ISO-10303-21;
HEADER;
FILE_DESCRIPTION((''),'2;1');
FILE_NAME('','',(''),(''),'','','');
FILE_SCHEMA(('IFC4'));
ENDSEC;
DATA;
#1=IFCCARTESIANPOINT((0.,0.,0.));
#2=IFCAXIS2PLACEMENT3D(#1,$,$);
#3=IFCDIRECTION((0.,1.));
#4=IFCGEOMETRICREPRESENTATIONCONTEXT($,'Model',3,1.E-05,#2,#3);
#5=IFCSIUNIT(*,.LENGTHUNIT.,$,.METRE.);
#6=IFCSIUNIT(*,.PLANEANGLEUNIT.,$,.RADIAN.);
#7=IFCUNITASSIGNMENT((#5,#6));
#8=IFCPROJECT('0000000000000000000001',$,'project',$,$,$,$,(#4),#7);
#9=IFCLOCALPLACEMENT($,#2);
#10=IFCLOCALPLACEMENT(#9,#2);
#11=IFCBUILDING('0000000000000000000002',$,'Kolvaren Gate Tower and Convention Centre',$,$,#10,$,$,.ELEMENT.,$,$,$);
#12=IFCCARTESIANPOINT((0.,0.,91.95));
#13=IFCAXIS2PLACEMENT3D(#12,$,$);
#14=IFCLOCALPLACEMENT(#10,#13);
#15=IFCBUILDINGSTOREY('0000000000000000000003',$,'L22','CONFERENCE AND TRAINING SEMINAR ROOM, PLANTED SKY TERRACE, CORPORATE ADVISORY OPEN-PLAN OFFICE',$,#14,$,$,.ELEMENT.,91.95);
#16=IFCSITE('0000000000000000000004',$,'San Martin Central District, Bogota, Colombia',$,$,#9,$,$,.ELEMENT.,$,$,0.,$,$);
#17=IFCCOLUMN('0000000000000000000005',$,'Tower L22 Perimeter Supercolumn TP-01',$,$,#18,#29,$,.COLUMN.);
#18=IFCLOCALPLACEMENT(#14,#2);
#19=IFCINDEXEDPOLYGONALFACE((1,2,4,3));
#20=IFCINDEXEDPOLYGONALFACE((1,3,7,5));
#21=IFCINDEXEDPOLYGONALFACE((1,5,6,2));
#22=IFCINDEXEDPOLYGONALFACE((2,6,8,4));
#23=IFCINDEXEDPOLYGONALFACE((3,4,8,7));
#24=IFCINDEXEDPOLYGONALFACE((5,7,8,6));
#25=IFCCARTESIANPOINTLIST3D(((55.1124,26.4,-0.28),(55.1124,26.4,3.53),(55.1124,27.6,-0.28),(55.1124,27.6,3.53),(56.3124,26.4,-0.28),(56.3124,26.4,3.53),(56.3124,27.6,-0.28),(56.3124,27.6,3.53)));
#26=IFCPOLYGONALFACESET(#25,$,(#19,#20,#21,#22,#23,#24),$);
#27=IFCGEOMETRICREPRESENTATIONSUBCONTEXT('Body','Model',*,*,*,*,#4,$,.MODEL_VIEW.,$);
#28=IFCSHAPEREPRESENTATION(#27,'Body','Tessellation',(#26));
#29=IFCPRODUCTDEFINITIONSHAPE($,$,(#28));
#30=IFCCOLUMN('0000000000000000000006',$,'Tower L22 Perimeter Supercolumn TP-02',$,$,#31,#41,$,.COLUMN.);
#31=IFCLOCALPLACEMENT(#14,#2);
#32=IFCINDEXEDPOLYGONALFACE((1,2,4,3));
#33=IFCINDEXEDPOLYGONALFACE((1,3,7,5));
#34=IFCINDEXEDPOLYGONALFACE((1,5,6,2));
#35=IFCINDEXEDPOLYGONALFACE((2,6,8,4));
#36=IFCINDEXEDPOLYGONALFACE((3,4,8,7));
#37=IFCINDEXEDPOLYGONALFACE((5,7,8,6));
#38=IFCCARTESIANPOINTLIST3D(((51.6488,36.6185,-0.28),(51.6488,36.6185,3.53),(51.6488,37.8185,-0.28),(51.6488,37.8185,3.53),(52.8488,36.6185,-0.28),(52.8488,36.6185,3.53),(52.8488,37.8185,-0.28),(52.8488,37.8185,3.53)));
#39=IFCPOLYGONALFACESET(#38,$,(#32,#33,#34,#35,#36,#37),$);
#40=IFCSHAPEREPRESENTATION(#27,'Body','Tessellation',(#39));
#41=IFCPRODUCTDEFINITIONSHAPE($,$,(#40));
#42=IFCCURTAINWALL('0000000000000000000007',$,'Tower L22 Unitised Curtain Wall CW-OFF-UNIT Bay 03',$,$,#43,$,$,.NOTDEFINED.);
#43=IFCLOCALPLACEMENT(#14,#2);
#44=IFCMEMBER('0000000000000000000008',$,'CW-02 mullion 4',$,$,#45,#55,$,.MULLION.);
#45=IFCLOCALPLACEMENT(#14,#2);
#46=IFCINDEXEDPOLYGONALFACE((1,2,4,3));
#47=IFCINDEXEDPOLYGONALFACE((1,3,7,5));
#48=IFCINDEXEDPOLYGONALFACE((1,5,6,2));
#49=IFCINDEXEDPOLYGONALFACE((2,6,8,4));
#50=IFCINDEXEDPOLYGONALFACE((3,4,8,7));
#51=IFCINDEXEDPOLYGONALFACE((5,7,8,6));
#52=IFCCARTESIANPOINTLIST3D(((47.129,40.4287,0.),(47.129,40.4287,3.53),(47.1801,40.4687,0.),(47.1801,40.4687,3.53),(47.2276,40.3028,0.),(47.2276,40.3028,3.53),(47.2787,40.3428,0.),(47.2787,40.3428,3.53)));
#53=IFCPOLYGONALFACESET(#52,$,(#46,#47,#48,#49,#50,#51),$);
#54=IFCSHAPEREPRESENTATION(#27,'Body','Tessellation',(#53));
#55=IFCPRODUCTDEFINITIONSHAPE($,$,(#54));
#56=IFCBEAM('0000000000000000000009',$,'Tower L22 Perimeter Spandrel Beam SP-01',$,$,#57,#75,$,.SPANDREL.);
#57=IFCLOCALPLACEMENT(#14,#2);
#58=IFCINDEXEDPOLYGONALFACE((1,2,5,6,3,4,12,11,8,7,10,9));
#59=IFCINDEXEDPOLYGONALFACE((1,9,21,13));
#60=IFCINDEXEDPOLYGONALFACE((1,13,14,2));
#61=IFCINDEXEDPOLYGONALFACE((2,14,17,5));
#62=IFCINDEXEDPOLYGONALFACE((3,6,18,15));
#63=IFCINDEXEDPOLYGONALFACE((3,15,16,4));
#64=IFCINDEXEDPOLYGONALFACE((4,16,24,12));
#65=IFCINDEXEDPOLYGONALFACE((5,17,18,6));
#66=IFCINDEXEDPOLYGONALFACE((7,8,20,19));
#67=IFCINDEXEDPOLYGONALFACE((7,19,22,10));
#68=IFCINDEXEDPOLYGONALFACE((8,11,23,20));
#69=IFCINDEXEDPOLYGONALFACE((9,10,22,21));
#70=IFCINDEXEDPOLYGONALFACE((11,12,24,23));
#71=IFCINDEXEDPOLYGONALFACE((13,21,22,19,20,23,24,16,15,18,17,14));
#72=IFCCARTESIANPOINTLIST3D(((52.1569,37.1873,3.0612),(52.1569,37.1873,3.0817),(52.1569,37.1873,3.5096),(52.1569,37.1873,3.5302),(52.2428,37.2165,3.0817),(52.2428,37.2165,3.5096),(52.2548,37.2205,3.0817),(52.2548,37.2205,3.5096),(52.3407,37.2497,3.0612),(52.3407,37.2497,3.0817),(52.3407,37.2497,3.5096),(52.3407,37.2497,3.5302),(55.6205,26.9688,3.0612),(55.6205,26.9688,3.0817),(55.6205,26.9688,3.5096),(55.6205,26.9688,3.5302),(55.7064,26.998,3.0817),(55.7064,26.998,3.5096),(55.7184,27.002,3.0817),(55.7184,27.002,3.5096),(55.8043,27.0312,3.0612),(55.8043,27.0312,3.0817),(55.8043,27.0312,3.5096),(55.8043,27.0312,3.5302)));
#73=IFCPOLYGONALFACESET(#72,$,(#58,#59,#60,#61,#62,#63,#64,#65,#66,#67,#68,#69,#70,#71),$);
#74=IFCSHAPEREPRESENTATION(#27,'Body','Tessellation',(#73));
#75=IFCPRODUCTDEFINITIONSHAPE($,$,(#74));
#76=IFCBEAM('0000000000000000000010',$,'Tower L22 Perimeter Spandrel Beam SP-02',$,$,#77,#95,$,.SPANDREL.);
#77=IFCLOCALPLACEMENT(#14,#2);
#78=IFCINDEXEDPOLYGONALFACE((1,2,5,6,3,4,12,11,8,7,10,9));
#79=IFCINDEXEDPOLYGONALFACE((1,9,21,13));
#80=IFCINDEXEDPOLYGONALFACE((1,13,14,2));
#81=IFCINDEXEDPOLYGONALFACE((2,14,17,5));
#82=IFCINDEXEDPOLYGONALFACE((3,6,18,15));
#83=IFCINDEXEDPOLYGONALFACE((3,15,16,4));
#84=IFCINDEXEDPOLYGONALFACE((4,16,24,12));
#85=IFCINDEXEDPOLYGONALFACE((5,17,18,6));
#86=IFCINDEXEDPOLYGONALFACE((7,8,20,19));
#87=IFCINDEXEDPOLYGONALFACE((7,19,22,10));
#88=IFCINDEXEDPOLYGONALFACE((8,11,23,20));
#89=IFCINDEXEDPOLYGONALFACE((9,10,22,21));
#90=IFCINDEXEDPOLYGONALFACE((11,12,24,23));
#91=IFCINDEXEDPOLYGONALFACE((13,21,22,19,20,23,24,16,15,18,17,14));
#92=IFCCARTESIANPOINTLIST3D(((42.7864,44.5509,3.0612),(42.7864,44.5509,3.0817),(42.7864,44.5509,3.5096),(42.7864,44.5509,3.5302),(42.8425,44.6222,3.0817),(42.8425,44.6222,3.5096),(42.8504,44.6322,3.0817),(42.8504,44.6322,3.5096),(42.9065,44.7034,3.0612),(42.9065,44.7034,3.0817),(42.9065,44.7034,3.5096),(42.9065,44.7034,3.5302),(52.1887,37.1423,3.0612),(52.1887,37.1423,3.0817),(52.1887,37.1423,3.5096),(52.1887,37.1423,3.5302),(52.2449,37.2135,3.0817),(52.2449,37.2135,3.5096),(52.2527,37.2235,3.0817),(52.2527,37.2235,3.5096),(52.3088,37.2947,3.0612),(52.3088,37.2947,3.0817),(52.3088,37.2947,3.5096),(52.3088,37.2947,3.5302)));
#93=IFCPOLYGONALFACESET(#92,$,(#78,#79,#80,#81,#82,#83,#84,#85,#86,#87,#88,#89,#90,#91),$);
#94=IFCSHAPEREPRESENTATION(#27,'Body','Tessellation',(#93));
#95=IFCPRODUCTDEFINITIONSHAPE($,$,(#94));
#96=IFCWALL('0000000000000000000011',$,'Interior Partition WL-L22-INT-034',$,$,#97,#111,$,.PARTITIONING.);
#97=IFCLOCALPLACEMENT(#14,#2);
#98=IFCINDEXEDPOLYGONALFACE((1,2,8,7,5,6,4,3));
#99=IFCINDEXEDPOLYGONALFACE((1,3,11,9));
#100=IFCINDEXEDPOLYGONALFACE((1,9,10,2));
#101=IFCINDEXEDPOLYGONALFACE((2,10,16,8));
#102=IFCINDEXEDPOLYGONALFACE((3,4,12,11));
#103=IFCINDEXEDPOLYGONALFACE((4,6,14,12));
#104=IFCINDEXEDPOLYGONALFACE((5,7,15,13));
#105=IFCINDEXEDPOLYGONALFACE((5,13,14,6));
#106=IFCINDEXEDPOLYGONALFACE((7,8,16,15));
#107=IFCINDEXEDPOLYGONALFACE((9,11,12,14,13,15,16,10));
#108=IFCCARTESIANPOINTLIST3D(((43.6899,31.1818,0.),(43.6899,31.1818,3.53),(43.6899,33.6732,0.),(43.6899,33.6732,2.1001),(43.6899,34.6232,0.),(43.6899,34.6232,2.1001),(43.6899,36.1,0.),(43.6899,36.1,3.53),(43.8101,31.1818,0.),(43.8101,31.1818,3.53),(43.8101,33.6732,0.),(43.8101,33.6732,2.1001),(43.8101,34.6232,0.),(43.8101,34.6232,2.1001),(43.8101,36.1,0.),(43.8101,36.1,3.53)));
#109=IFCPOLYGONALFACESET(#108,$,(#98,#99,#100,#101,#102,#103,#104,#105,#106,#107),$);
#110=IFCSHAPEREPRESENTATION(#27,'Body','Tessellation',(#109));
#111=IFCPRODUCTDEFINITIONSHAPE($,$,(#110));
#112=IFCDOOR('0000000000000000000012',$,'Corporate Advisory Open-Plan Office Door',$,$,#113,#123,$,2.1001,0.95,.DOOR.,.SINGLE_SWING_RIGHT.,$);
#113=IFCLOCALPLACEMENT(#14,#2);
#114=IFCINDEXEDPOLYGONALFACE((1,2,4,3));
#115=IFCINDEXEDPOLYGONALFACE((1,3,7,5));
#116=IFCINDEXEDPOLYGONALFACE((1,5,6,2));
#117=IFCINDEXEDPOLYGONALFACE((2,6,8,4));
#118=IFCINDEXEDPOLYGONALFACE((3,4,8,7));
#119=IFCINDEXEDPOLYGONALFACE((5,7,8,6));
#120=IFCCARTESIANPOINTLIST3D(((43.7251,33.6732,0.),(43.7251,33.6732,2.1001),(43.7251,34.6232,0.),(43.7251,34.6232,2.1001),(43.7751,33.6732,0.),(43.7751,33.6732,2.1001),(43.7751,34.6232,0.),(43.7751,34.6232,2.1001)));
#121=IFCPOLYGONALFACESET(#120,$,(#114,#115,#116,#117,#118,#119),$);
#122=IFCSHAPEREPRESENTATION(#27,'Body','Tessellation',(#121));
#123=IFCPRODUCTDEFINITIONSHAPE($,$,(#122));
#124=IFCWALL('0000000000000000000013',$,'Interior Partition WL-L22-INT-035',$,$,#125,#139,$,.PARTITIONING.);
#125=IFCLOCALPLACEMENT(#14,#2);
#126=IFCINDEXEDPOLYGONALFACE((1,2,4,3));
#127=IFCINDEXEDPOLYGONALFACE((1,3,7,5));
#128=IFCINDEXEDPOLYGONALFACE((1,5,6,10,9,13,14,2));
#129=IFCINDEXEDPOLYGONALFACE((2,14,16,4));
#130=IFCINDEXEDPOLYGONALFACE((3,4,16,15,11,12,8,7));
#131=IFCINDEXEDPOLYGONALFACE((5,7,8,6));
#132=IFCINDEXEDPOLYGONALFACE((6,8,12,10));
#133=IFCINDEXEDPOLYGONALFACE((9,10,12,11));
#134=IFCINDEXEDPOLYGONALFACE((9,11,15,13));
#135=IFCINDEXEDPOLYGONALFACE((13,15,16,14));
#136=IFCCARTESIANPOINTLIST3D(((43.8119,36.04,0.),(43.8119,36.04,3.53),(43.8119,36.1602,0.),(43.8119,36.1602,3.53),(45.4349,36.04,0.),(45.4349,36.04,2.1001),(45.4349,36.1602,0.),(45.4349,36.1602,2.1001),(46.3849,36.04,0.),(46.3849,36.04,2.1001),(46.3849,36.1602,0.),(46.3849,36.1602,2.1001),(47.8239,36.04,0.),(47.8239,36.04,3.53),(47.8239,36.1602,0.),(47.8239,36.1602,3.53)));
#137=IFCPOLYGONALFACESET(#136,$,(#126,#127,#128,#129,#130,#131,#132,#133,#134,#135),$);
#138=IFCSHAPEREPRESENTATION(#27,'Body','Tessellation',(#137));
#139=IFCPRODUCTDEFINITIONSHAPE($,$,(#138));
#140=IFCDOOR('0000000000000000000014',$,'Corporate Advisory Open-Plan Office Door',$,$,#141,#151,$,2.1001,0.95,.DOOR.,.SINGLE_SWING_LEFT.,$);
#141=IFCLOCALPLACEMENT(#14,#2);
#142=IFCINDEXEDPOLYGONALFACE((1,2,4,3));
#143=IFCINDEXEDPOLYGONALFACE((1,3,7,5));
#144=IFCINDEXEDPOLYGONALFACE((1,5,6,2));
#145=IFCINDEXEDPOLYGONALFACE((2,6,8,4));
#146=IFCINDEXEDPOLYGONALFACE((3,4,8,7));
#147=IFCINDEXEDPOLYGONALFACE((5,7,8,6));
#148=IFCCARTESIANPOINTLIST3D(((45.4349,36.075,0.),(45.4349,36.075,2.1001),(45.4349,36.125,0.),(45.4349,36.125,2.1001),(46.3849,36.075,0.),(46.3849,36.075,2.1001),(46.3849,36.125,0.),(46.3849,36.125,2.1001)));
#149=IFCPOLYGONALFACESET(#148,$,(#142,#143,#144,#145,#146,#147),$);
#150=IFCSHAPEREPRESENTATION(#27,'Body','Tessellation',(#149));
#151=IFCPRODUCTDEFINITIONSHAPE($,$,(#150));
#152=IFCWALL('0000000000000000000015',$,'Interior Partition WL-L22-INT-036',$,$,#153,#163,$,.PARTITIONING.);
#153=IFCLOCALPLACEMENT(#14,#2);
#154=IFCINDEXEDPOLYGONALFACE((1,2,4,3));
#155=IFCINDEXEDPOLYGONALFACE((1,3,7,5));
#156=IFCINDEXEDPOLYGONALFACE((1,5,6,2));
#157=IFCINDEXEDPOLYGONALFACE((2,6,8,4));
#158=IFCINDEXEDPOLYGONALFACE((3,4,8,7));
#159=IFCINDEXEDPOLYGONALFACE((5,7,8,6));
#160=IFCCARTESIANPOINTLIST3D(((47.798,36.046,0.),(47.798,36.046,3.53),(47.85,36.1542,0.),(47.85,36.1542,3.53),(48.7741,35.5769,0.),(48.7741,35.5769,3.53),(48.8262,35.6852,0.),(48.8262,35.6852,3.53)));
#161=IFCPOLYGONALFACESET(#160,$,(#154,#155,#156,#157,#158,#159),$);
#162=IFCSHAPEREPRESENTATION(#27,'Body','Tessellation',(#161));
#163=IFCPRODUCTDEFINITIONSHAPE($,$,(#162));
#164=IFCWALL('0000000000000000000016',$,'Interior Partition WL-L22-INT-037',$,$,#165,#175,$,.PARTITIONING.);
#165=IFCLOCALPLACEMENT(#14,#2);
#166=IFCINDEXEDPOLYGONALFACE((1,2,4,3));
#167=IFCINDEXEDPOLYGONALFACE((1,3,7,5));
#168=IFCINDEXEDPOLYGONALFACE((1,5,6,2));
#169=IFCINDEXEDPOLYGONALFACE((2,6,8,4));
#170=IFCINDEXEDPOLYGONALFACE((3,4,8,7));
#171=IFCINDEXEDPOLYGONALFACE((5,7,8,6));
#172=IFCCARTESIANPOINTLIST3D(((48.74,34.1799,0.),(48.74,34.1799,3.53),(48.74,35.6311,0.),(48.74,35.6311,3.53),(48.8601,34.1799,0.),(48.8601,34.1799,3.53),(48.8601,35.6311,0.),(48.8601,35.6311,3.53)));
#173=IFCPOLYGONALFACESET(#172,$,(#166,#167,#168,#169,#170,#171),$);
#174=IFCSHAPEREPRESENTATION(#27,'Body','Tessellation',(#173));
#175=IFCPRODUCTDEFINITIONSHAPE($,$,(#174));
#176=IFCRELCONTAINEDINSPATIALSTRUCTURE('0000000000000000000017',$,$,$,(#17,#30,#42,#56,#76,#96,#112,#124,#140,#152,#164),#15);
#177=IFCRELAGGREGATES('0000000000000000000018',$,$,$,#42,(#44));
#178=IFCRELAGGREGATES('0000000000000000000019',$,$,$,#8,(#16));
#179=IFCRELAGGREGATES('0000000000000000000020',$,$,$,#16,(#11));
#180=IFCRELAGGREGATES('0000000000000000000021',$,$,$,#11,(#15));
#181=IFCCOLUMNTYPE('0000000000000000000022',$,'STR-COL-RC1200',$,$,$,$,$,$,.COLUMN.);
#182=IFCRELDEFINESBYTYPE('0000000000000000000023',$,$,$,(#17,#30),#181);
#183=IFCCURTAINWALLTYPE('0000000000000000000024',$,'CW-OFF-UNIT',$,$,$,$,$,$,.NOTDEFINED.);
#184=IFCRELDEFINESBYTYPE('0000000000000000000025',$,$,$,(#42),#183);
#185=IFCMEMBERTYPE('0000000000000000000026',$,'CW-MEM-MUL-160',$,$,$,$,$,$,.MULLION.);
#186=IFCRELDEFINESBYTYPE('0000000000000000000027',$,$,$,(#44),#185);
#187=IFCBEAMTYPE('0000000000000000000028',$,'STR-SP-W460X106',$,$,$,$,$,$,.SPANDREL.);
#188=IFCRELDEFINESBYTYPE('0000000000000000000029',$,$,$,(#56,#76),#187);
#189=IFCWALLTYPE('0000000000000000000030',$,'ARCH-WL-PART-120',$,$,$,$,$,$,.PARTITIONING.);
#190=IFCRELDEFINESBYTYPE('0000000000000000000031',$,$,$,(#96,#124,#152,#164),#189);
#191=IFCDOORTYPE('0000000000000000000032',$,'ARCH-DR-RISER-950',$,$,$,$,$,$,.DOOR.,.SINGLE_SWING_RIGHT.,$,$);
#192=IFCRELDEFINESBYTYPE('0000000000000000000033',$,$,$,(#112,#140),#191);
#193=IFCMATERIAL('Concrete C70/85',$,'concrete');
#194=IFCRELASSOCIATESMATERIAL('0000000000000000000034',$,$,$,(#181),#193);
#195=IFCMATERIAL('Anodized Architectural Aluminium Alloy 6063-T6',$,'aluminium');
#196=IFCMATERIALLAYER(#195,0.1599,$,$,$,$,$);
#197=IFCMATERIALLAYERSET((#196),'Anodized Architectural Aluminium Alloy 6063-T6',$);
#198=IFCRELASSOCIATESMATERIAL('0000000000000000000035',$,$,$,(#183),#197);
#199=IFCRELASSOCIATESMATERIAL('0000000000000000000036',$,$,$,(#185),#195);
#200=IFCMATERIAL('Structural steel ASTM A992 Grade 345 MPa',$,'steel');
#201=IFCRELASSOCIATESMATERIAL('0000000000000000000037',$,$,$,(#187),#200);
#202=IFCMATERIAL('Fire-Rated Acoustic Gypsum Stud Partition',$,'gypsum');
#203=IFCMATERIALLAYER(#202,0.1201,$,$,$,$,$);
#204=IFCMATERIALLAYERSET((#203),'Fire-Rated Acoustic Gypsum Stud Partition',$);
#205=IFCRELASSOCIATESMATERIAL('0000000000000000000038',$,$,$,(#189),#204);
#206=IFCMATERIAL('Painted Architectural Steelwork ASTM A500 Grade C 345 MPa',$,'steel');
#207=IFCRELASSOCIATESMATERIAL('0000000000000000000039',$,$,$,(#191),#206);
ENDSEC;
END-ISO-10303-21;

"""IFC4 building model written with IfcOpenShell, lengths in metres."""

from ifc_helpers import new_model, si_unit, direction, frame, frame_2d, origin, origin_2d, place, context, subcontext, project, spatial, rectangle, i_section, extrude, material, layer, layer_set, material_profile, profile_set, type_object, element, fill, aggregate, save


model = new_model("IFC4")

# Units and contexts
model_context = context("Model", 3, precision=1e-05, world=origin(), true_north=direction((0.0, 1.0)))
body_context = subcontext(model_context, "Body", "Model", "MODEL_VIEW")
ifc_project = project(units=[si_unit("LENGTHUNIT", "METRE"), si_unit("PLANEANGLEUNIT", "RADIAN")], contexts=[model_context])

# Site, building, storey
site_placement = place(None, origin())
site = spatial("IfcSite", under=ifc_project, at=site_placement, Name="San Martin Central District, Bogota, Colombia", CompositionType="ELEMENT", RefElevation=0.0)
building_placement = place(site_placement, origin())
building = spatial("IfcBuilding", under=site, at=building_placement, Name="Kolvaren Gate Tower and Convention Centre", CompositionType="ELEMENT")
storey_placement = place(building_placement, frame((0.0, 0.0, 91.95)))
storey = spatial("IfcBuildingStorey", under=building, at=storey_placement, Name="L22", Description="CONFERENCE AND TRAINING SEMINAR ROOM, PLANTED SKY TERRACE, CORPORATE ADVISORY OPEN-PLAN OFFICE", CompositionType="ELEMENT", Elevation=91.95)

# Columns
ifc_material_1 = material(Name="Concrete C70/85", Category="concrete")
ifc_material_profile_1 = material_profile(ifc_material_1, rectangle(XDim=1.2, YDim=1.2, at=origin_2d()), Name="RC-COL-1200X1200")
ifc_profile_set_1 = profile_set([ifc_material_profile_1], Name="Concrete C70/85")
column_type = type_object("IfcColumnType", Name="STR-COL-RC1200", PredefinedType="COLUMN", material=ifc_profile_set_1)
for number, where, z_axis, x_axis, name in (
    (1, (55.7124, 27.0, -0.28), (0.0, 0.0, 1.0), (1.0, 0.0, 0.0), "Tower L22 Perimeter Supercolumn TP-01"),
    (2, (52.2488, 37.2185, -0.28), (0.0, 0.0, 1.0), (1.0, 0.0, 0.0), "Tower L22 Perimeter Supercolumn TP-02"),
):
    element("IfcColumn", number, at=place(storey_placement, frame(where, z_axis=z_axis, x_axis=x_axis)), inside=storey, type_object=column_type, Name=name, PredefinedType="COLUMN", context=body_context, shape_type="SweptSolid", body=[
        extrude(rectangle(XDim=1.2, YDim=1.2, at=origin_2d()), origin(), (0.0, 0.0, 1.0), 3.8101),
    ])

# Curtain wall, member
ifc_material_2 = material(Name="Anodized Architectural Aluminium Alloy 6063-T6", Category="aluminium")
ifc_layer_1 = layer(ifc_material_2, 0.1599)
ifc_layer_set_1 = layer_set([ifc_layer_1], Name="Anodized Architectural Aluminium Alloy 6063-T6")
curtain_wall_type = type_object("IfcCurtainWallType", Name="CW-OFF-UNIT", PredefinedType="NOTDEFINED", material=ifc_layer_set_1)
curtain_wall_placement = place(storey_placement, origin())
curtain_wall = element("IfcCurtainWall", 3, at=curtain_wall_placement, inside=storey, type_object=curtain_wall_type, Name="Tower L22 Unitised Curtain Wall CW-OFF-UNIT Bay 03", PredefinedType="NOTDEFINED")
ifc_material_profile_2 = material_profile(ifc_material_2, rectangle(XDim=0.0649, YDim=0.1599, at=origin_2d()), Name="CW-MEM-MUL-160")
ifc_profile_set_2 = profile_set([ifc_material_profile_2], Name="Anodized Architectural Aluminium Alloy 6063-T6")
member_type = type_object("IfcMemberType", Name="CW-MEM-MUL-160", PredefinedType="MULLION", material=ifc_profile_set_2)
member_placement = place(storey_placement, frame((47.2039, 40.3857, 0.0), z_axis=(0.0, 0.0, 1.0), x_axis=(0.787406, 0.616434, 0.0)))
member = element("IfcMember", 4, at=member_placement, type_object=member_type, Name="CW-02 mullion 4", PredefinedType="MULLION", context=body_context, shape_type="SweptSolid", body=[
    extrude(rectangle(XDim=0.0649, YDim=0.1599, at=origin_2d()), origin(), (0.0, 0.0, 1.0), 3.53),
])
aggregate(curtain_wall, [member])

# Beams
ifc_material_3 = material(Name="Structural steel ASTM A992 Grade 345 MPa", Category="steel")
ifc_material_profile_3 = material_profile(ifc_material_3, i_section(OverallWidth=0.1941, OverallDepth=0.469, WebThickness=0.0127, FlangeThickness=0.0205, at=origin_2d()), Name="W460X106")
ifc_profile_set_3 = profile_set([ifc_material_profile_3], Name="Structural steel ASTM A992 Grade 345 MPa")
beam_type = type_object("IfcBeamType", Name="STR-SP-W460X106", PredefinedType="SPANDREL", material=ifc_profile_set_3)
beam_1_placement = place(storey_placement, frame((55.7124, 27.0, 3.2957), z_axis=(-0.321016, 0.947074, 0.0), x_axis=(-0.947074, -0.321016, 0.0)))
element("IfcBeam", 5, at=beam_1_placement, inside=storey, type_object=beam_type, Name="Tower L22 Perimeter Spandrel Beam SP-01", PredefinedType="SPANDREL", context=body_context, shape_type="SweptSolid", body=[
    extrude(i_section(OverallWidth=0.1941, OverallDepth=0.469, WebThickness=0.0127, FlangeThickness=0.0205, at=origin_2d()), origin(), (0.0, 0.0, 1.0), 10.7896),
])
beam_2_placement = place(storey_placement, frame((52.2488, 37.2185, 3.2957), z_axis=(-0.78546, 0.618913, 0.0), x_axis=(-0.618913, -0.78546, 0.0)))
element("IfcBeam", 6, at=beam_2_placement, inside=storey, type_object=beam_type, Name="Tower L22 Perimeter Spandrel Beam SP-02", PredefinedType="SPANDREL", context=body_context, shape_type="SweptSolid", body=[
    extrude(i_section(OverallWidth=0.1941, OverallDepth=0.469, WebThickness=0.0127, FlangeThickness=0.0205, at=origin_2d()), origin(), (0.0, 0.0, 1.0), 11.9705),
])

# Walls, openings, doors
ifc_material_4 = material(Name="Fire-Rated Acoustic Gypsum Stud Partition", Category="gypsum")
ifc_layer_2 = layer(ifc_material_4, 0.1201)
ifc_layer_set_2 = layer_set([ifc_layer_2], Name="Fire-Rated Acoustic Gypsum Stud Partition")
wall_type_1 = type_object("IfcWallType", Name="ARCH-WL-PART-120", PredefinedType="PARTITIONING", material=ifc_layer_set_2)
wall_1_placement = place(storey_placement, frame((43.75, 31.1819, 0.0), z_axis=(0.0, 0.0, 1.0), x_axis=(0.0, 1.0, 0.0)))
wall_1 = element("IfcWall", 7, at=wall_1_placement, inside=storey, type_object=wall_type_1, Name="Interior Partition WL-L22-INT-034", PredefinedType="PARTITIONING", context=body_context, shape_type="SweptSolid", body=[
    extrude(rectangle(XDim=4.9182, YDim=0.1201, at=frame_2d((2.459, 0.0))), origin(), (0.0, 0.0, 1.0), 3.53),
])
opening_1_placement = place(wall_1_placement, frame((2.4912, 0.0, 0.0)))
opening_1 = element("IfcOpeningElement", 8, at=opening_1_placement, cuts=wall_1, PredefinedType="OPENING", context=body_context, shape_type="SweptSolid", body=[
    extrude(rectangle(XDim=0.95, YDim=2.1001, at=frame_2d((0.4751, 1.05))), frame((0.0, 0.0701, 0.0), z_axis=(0.0, -1.0, 0.0), x_axis=(1.0, 0.0, 0.0)), (0.0, 0.0, 1.0), 0.1401),
])
ifc_material_5 = material(Name="Painted Architectural Steelwork ASTM A500 Grade C 345 MPa", Category="steel")
door_type_1 = type_object("IfcDoorType", Name="ARCH-DR-RISER-950", OperationType="SINGLE_SWING_RIGHT", PredefinedType="DOOR", material=ifc_material_5)
door_1_placement = place(opening_1_placement, origin())
door_1 = element("IfcDoor", 9, at=door_1_placement, inside=storey, type_object=door_type_1, Name="Corporate Advisory Open-Plan Office Door", OperationType="SINGLE_SWING_RIGHT", OverallHeight=2.1001, OverallWidth=0.95, PredefinedType="DOOR", context=body_context, shape_type="SweptSolid", body=[
    extrude(rectangle(XDim=0.95, YDim=2.1001, at=frame_2d((0.4751, 1.05))), frame((0.0, 0.0249, 0.0), z_axis=(0.0, -1.0, 0.0), x_axis=(1.0, 0.0, 0.0)), (0.0, 0.0, 1.0), 0.05),
])
fill(opening_1, door_1)
wall_2_placement = place(storey_placement, frame((43.812, 36.1001, 0.0), z_axis=(0.0, 0.0, 1.0), x_axis=(1.0, 0.0, 0.0)))
wall_2 = element("IfcWall", 10, at=wall_2_placement, inside=storey, type_object=wall_type_1, Name="Interior Partition WL-L22-INT-035", PredefinedType="PARTITIONING", context=body_context, shape_type="SweptSolid", body=[
    extrude(rectangle(XDim=4.012, YDim=0.1201, at=frame_2d((2.0059, 0.0))), origin(), (0.0, 0.0, 1.0), 3.53),
])
opening_2_placement = place(wall_2_placement, frame((1.6228, 0.0, 0.0)))
opening_2 = element("IfcOpeningElement", 11, at=opening_2_placement, cuts=wall_2, PredefinedType="OPENING", context=body_context, shape_type="SweptSolid", body=[
    extrude(rectangle(XDim=0.95, YDim=2.1001, at=frame_2d((0.4751, 1.05))), frame((0.0, 0.0701, 0.0), z_axis=(0.0, -1.0, 0.0), x_axis=(1.0, 0.0, 0.0)), (0.0, 0.0, 1.0), 0.1401),
])
door_2_placement = place(opening_2_placement, origin())
door_2 = element("IfcDoor", 12, at=door_2_placement, inside=storey, type_object=door_type_1, Name="Corporate Advisory Open-Plan Office Door", OperationType="SINGLE_SWING_LEFT", OverallHeight=2.1001, OverallWidth=0.95, PredefinedType="DOOR", context=body_context, shape_type="SweptSolid", body=[
    extrude(rectangle(XDim=0.95, YDim=2.1001, at=frame_2d((0.4751, 1.05))), frame((0.0, 0.0249, 0.0), z_axis=(0.0, -1.0, 0.0), x_axis=(1.0, 0.0, 0.0)), (0.0, 0.0, 1.0), 0.05),
])
fill(opening_2, door_2)

# Walls
wall_3_placement = place(storey_placement, frame((47.824, 36.1001, 0.0), z_axis=(0.0, 0.0, 1.0), x_axis=(0.901351, -0.43309, 0.0)))
element("IfcWall", 13, at=wall_3_placement, inside=storey, type_object=wall_type_1, Name="Interior Partition WL-L22-INT-036", PredefinedType="PARTITIONING", context=body_context, shape_type="SweptSolid", body=[
    extrude(rectangle(XDim=1.083, YDim=0.1201, at=frame_2d((0.5415, 0.0))), origin(), (0.0, 0.0, 1.0), 3.53),
])
wall_4_placement = place(storey_placement, frame((48.8, 34.1799, 0.0), z_axis=(0.0, 0.0, 1.0), x_axis=(0.0, 1.0, 0.0)))
element("IfcWall", 14, at=wall_4_placement, inside=storey, type_object=wall_type_1, Name="Interior Partition WL-L22-INT-037", PredefinedType="PARTITIONING", context=body_context, shape_type="SweptSolid", body=[
    extrude(rectangle(XDim=1.4512, YDim=0.1201, at=frame_2d((0.7256, 0.0))), origin(), (0.0, 0.0, 1.0), 3.53),
])

save(model, "model.ifc")
